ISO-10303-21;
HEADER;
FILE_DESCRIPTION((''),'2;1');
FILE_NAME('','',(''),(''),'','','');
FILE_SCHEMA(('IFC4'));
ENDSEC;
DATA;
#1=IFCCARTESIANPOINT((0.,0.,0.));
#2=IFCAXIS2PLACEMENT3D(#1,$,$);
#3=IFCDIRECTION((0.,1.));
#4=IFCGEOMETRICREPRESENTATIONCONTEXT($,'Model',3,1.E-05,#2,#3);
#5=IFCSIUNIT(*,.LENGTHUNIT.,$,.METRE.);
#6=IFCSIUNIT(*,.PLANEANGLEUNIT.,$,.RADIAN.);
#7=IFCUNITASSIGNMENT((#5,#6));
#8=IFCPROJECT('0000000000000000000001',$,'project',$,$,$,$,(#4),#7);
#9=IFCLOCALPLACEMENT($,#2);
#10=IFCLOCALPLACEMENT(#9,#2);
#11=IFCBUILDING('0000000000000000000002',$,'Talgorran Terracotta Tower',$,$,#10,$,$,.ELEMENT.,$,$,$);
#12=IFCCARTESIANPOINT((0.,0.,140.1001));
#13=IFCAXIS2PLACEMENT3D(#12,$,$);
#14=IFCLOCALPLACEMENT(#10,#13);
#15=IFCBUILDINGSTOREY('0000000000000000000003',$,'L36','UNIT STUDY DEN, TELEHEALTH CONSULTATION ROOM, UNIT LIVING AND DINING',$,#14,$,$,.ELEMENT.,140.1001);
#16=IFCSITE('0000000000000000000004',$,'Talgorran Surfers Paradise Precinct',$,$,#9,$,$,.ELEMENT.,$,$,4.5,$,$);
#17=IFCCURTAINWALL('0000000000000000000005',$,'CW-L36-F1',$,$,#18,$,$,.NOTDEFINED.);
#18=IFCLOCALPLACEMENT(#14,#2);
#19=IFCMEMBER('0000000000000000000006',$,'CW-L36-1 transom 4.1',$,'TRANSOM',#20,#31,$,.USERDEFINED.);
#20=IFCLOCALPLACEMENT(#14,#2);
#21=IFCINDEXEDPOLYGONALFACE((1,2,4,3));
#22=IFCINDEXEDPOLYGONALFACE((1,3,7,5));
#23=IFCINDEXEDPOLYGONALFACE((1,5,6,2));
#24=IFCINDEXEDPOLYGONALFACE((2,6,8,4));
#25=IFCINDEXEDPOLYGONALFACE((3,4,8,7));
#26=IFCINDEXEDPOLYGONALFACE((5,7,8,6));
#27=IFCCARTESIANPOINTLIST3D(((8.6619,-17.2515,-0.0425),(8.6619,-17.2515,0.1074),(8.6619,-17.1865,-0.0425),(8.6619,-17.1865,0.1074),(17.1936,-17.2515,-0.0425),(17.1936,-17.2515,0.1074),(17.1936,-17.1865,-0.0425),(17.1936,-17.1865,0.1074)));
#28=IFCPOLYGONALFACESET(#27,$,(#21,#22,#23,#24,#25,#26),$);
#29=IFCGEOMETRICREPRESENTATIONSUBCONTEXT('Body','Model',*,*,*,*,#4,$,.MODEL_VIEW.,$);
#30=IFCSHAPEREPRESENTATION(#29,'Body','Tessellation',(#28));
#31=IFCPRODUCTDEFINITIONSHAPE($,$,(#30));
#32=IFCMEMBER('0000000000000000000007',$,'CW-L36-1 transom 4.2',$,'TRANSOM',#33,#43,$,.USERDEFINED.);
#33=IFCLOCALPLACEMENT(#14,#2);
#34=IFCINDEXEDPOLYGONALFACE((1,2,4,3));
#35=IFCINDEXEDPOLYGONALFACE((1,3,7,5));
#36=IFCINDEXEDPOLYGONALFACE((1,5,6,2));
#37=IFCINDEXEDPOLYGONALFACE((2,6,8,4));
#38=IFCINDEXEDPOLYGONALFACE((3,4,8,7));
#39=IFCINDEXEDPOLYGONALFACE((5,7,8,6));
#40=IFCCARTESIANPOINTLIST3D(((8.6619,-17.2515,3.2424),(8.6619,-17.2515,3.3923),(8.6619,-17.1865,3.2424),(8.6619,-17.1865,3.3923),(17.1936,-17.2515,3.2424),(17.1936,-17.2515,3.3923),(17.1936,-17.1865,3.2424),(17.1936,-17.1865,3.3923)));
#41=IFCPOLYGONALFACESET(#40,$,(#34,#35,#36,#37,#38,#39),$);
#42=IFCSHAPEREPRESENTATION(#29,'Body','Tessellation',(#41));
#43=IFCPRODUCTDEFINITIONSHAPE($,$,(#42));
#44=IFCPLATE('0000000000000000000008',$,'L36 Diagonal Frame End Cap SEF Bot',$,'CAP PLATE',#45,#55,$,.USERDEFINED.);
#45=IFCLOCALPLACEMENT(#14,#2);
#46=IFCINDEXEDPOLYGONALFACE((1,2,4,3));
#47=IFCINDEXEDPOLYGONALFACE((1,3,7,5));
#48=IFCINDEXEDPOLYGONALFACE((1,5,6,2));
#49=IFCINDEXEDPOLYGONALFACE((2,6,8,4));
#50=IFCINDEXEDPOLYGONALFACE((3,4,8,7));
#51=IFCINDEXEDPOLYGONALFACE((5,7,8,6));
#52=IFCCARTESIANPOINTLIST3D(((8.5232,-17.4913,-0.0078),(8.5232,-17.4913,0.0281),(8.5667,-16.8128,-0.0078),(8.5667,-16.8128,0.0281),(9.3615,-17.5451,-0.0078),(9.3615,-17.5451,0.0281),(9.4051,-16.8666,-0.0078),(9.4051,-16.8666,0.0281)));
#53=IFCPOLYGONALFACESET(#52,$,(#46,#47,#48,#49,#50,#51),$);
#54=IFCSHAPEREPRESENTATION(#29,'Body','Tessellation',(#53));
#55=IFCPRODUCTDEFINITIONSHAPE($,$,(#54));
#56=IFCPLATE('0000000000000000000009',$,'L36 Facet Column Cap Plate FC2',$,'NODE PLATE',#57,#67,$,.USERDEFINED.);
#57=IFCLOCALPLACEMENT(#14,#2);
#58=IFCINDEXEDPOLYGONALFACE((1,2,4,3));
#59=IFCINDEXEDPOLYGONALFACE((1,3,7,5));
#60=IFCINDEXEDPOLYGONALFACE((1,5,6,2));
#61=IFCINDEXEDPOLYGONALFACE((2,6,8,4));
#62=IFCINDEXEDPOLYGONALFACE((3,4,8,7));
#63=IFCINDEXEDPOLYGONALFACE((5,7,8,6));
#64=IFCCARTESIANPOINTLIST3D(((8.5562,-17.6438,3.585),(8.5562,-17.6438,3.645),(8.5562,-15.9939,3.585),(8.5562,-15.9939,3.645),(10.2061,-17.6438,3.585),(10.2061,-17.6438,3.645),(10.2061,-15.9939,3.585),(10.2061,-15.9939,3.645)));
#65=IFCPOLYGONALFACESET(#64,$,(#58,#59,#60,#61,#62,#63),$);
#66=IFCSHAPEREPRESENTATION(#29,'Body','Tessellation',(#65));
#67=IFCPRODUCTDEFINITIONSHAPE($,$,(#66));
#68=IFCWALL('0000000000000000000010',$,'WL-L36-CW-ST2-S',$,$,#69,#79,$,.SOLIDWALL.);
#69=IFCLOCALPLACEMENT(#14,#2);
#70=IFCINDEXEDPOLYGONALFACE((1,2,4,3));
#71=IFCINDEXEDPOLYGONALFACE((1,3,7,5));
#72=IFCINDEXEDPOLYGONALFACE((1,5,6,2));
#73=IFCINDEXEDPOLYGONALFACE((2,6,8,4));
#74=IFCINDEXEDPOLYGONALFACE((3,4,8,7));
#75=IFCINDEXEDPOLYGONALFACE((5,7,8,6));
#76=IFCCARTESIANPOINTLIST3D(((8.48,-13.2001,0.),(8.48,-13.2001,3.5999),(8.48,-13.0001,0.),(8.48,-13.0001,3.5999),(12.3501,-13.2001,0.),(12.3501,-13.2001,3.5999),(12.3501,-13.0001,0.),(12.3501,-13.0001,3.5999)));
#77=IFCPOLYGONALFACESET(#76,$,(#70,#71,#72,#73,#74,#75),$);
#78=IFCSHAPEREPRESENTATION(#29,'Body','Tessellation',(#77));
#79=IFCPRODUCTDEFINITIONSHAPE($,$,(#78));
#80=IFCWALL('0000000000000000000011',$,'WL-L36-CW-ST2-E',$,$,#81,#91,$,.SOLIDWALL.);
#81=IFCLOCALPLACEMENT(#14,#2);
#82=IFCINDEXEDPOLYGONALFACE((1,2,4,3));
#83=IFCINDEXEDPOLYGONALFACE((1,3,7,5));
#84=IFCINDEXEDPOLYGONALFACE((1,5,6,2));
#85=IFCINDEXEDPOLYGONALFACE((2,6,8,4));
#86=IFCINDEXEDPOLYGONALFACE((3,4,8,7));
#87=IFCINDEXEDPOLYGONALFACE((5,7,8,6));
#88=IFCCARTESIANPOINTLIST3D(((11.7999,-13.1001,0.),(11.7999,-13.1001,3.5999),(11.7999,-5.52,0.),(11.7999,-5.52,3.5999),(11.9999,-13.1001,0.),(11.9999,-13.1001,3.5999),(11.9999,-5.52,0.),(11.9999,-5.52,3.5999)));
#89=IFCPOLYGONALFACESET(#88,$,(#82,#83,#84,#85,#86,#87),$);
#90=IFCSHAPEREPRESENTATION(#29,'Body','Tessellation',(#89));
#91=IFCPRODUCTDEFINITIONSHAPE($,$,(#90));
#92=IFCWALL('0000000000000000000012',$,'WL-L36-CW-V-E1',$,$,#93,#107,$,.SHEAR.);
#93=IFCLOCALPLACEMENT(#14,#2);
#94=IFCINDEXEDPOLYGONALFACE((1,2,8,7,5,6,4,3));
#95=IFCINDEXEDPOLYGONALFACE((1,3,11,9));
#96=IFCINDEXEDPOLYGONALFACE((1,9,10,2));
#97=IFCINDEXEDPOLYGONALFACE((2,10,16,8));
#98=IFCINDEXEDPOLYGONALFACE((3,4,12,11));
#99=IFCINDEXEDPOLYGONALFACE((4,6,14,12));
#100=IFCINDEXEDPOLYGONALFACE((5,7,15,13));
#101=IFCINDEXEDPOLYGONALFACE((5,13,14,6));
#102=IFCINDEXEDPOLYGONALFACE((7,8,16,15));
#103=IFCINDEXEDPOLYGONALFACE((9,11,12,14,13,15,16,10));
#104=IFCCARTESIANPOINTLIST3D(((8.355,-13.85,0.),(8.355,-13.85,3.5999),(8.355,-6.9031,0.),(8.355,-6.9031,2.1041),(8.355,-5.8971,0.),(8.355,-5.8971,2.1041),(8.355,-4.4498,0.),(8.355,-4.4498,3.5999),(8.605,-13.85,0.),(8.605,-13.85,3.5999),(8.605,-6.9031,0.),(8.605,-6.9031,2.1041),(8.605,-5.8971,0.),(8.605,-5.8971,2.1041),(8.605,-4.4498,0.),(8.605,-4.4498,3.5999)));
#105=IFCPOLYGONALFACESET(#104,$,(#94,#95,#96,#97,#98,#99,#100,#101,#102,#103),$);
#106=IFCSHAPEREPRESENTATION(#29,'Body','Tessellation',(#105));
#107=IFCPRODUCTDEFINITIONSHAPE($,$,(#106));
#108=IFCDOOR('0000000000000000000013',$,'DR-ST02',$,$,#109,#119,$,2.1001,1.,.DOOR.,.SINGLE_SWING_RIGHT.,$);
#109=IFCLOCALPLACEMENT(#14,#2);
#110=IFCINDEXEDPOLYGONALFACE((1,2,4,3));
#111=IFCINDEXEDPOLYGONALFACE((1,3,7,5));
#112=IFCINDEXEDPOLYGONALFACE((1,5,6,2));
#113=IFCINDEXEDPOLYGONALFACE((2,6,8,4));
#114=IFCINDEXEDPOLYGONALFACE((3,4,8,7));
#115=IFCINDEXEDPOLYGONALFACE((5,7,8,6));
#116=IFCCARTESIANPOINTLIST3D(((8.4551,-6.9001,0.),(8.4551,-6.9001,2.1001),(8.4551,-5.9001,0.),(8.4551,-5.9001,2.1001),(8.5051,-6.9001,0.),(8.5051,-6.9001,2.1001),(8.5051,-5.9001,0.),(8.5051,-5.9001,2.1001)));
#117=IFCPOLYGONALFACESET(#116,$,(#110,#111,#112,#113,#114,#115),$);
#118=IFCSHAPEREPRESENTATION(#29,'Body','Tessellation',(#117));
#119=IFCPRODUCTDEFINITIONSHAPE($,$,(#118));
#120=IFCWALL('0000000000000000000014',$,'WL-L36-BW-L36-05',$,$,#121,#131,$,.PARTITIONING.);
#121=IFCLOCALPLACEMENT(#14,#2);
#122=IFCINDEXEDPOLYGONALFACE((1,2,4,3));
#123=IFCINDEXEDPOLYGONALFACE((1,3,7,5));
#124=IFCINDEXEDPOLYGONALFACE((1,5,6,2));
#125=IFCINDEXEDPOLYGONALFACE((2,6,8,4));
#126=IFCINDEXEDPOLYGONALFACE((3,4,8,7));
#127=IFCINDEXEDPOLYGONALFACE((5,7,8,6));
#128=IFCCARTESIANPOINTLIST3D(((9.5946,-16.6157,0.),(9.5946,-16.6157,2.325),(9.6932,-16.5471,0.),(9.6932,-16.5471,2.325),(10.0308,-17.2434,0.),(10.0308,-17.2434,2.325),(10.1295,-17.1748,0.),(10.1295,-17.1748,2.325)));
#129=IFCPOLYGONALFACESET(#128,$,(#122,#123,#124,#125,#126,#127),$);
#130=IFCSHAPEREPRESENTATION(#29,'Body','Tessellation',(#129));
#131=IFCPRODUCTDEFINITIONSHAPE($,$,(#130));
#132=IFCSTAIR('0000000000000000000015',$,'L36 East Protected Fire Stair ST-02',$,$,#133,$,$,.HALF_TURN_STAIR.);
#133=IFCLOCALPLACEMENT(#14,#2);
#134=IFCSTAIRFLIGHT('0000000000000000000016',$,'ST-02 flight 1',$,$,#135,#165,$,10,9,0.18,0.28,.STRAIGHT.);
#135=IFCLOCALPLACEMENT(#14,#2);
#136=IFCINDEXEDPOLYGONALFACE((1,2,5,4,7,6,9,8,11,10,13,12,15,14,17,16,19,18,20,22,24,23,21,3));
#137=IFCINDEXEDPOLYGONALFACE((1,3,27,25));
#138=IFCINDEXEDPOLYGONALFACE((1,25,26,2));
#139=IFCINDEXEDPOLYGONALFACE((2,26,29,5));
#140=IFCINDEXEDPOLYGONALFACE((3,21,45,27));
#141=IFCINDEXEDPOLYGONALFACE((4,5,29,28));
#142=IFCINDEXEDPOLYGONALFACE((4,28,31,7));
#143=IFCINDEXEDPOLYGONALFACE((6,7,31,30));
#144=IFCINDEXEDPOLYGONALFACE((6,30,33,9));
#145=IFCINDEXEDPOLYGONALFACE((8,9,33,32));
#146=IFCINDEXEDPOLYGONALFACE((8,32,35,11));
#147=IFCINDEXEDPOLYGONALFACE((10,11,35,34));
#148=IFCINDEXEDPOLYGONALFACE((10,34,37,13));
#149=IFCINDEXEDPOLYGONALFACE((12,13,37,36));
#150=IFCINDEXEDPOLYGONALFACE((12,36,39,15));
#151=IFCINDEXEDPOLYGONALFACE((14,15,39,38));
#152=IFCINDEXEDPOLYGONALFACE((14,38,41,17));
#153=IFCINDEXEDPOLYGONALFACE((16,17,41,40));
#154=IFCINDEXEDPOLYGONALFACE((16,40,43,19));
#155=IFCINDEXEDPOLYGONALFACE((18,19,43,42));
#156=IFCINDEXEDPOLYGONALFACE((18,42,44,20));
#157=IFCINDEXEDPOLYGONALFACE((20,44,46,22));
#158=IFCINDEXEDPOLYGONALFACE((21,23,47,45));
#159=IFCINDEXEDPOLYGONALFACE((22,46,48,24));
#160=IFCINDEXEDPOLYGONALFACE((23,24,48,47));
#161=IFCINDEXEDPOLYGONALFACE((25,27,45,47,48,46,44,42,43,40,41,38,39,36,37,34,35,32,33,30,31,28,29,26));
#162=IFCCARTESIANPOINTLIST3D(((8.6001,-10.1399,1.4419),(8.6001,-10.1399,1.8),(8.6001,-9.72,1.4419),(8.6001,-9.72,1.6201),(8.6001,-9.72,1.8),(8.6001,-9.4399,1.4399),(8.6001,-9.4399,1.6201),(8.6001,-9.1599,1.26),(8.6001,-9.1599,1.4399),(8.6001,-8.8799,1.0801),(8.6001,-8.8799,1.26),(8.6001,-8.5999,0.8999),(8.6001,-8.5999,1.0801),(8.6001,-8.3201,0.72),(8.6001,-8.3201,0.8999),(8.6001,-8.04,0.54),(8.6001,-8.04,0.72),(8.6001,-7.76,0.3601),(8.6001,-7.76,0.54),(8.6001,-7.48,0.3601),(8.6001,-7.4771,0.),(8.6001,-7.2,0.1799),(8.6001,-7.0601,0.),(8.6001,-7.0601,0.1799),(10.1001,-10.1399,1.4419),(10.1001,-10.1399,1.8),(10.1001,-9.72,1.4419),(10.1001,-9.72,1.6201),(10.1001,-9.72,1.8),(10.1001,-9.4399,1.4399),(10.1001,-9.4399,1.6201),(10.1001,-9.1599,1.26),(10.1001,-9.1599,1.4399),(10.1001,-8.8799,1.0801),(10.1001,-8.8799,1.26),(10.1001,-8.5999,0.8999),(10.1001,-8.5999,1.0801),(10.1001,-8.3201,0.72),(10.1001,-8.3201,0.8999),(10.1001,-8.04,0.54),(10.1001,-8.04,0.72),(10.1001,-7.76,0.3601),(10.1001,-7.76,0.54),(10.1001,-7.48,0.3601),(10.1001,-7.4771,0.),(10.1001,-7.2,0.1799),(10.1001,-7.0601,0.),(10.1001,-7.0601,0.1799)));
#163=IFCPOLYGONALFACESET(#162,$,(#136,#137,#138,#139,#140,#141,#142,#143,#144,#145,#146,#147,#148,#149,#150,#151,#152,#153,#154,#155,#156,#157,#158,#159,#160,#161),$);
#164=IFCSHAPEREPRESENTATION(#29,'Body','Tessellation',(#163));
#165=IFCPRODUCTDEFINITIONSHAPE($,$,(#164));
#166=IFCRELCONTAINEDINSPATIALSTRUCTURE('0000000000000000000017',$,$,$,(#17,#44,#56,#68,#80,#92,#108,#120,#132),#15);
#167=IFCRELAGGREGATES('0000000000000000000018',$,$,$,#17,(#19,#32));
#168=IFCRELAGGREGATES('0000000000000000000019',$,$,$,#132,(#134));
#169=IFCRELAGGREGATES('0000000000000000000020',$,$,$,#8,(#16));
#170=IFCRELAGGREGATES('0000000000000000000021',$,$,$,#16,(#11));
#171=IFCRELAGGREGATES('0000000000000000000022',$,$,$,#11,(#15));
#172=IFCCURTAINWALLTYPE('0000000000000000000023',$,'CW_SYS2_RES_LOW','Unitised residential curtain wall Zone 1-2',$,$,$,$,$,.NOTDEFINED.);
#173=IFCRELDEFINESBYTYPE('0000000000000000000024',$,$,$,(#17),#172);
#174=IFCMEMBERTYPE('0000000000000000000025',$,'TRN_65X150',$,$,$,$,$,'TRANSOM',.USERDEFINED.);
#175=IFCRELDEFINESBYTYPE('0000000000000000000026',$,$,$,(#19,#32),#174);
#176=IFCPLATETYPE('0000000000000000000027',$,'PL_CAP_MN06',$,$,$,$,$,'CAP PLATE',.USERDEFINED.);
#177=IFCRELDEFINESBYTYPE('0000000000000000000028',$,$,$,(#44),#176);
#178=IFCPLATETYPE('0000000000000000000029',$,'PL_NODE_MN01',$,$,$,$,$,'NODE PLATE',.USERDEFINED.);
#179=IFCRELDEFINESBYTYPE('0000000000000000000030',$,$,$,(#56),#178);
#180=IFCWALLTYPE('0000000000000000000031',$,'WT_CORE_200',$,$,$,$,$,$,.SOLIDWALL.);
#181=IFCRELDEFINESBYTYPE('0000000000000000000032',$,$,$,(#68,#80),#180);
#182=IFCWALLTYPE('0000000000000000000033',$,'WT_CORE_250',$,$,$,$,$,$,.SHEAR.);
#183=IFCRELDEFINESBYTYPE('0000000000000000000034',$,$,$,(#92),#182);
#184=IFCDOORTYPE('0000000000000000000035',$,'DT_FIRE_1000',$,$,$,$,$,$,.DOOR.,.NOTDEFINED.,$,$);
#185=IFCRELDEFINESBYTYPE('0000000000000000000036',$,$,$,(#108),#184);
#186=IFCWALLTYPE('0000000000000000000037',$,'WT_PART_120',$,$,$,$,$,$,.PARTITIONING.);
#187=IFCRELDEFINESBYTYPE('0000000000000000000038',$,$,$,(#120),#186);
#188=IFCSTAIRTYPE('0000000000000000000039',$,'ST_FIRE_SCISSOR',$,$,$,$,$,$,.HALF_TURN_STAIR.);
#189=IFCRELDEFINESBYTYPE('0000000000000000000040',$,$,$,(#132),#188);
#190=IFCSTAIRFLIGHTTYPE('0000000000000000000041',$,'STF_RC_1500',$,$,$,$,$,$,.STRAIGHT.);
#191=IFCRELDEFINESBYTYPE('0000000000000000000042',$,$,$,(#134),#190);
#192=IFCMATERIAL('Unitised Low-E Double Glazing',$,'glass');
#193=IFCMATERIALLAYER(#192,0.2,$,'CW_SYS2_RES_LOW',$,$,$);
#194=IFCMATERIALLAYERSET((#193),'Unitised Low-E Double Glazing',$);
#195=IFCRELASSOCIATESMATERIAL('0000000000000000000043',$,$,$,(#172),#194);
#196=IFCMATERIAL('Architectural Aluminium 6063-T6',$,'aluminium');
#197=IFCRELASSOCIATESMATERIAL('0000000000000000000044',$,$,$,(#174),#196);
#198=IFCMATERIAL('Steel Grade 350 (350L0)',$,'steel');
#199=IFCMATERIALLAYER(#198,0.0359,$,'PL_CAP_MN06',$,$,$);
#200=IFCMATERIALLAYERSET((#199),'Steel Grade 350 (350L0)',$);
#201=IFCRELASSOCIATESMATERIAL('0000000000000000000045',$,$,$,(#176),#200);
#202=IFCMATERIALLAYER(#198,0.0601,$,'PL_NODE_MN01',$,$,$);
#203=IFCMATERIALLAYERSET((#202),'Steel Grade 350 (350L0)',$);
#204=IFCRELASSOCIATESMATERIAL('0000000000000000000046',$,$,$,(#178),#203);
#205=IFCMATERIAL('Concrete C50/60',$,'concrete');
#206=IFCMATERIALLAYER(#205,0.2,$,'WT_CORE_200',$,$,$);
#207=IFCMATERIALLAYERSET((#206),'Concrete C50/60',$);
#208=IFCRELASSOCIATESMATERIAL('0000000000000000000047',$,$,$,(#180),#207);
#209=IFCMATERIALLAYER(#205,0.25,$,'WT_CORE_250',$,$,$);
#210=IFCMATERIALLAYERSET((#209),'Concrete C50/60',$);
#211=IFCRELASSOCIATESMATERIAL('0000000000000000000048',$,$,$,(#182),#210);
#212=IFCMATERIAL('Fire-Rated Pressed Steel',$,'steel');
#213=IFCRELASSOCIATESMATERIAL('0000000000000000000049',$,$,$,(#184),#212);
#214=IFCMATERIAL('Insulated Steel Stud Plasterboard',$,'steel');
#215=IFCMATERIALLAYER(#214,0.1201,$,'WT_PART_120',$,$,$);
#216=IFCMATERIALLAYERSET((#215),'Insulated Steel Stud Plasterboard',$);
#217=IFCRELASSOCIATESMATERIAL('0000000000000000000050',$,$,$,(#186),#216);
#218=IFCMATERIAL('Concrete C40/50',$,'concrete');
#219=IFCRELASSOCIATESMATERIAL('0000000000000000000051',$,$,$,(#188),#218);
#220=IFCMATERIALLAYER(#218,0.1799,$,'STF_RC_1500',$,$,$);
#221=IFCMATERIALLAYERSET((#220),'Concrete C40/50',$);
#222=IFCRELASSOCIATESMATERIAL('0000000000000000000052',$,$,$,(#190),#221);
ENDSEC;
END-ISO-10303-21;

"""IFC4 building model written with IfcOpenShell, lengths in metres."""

from ifc_helpers import new_model, si_unit, direction, frame, frame_2d, origin, origin_2d, place, context, subcontext, project, spatial, polyline, rectangle, outline, extrude, material, layer, layer_set, material_profile, profile_set, type_object, element, fill, aggregate, save


model = new_model("IFC4")

# Units and contexts
model_context = context("Model", 3, precision=1e-05, world=origin(), true_north=direction((0.0, 1.0)))
body_context = subcontext(model_context, "Body", "Model", "MODEL_VIEW")
ifc_project = project(units=[si_unit("LENGTHUNIT", "METRE"), si_unit("PLANEANGLEUNIT", "RADIAN")], contexts=[model_context])

# Site, building, storey
site_placement = place(None, origin())
site = spatial("IfcSite", under=ifc_project, at=site_placement, Name="Talgorran Surfers Paradise Precinct", CompositionType="ELEMENT", RefElevation=4.5)
building_placement = place(site_placement, origin())
building = spatial("IfcBuilding", under=site, at=building_placement, Name="Talgorran Terracotta Tower", CompositionType="ELEMENT")
storey_placement = place(building_placement, frame((0.0, 0.0, 140.1001)))
storey = spatial("IfcBuildingStorey", under=building, at=storey_placement, Name="L36", Description="UNIT STUDY DEN, TELEHEALTH CONSULTATION ROOM, UNIT LIVING AND DINING", CompositionType="ELEMENT", Elevation=140.1001)

# Shared definitions
ifc_material_1 = material(Name="Steel Grade 350 (350L0)", Category="steel")

# Curtain wall, members
ifc_material_2 = material(Name="Unitised Low-E Double Glazing", Category="glass")
ifc_layer_1 = layer(ifc_material_2, 0.2, Name="CW_SYS2_RES_LOW")
ifc_layer_set_1 = layer_set([ifc_layer_1], Name="Unitised Low-E Double Glazing")
curtain_wall_type = type_object("IfcCurtainWallType", Name="CW_SYS2_RES_LOW", Description="Unitised residential curtain wall Zone 1-2", PredefinedType="NOTDEFINED", material=ifc_layer_set_1)
curtain_wall_placement = place(storey_placement, origin())
curtain_wall = element("IfcCurtainWall", 1, at=curtain_wall_placement, inside=storey, type_object=curtain_wall_type, Name="CW-L36-F1", PredefinedType="NOTDEFINED")
ifc_material_3 = material(Name="Architectural Aluminium 6063-T6", Category="aluminium")
ifc_material_profile_1 = material_profile(ifc_material_3, rectangle(XDim=0.0649, YDim=0.1499, at=origin_2d()), Name="CWT65X150")
ifc_profile_set_1 = profile_set([ifc_material_profile_1], Name="Architectural Aluminium 6063-T6")
member_type_1 = type_object("IfcMemberType", Name="TRN_65X150", ElementType="TRANSOM", PredefinedType="USERDEFINED", material=ifc_profile_set_1)
member_1_placement = place(storey_placement, frame((8.6619, -17.219, 0.0325), z_axis=(1.0, 0.0, 0.0), x_axis=(0.0, 1.0, 0.0)))
member_1 = element("IfcMember", 2, at=member_1_placement, type_object=member_type_1, Name="CW-L36-1 transom 4.1", ObjectType="TRANSOM", PredefinedType="USERDEFINED", context=body_context, shape_type="SweptSolid", body=[
    extrude(rectangle(XDim=0.0649, YDim=0.1499, at=origin_2d()), origin(), (0.0, 0.0, 1.0), 8.5317),
])
member_2_placement = place(storey_placement, frame((8.6619, -17.219, 3.3174), z_axis=(1.0, 0.0, 0.0), x_axis=(0.0, 1.0, 0.0)))
member_2 = element("IfcMember", 3, at=member_2_placement, type_object=member_type_1, Name="CW-L36-1 transom 4.2", ObjectType="TRANSOM", PredefinedType="USERDEFINED", context=body_context, shape_type="SweptSolid", body=[
    extrude(rectangle(XDim=0.0649, YDim=0.1499, at=origin_2d()), origin(), (0.0, 0.0, 1.0), 8.5317),
])
aggregate(curtain_wall, [member_1, member_2])

# Plates
ifc_layer_2 = layer(ifc_material_1, 0.0359, Name="PL_CAP_MN06")
ifc_layer_set_2 = layer_set([ifc_layer_2], Name="Steel Grade 350 (350L0)")
plate_type_1 = type_object("IfcPlateType", Name="PL_CAP_MN06", ElementType="CAP PLATE", PredefinedType="USERDEFINED", material=ifc_layer_set_2)
plate_1_placement = place(storey_placement, frame((8.9641, -17.179, -0.0078), z_axis=(0.0, 0.0, 1.0), x_axis=(-0.997949, 0.06401, 0.0)))
element("IfcPlate", 4, at=plate_1_placement, inside=storey, type_object=plate_type_1, Name="L36 Diagonal Frame End Cap SEF Bot", ObjectType="CAP PLATE", PredefinedType="USERDEFINED", context=body_context, shape_type="SweptSolid", body=[
    extrude(rectangle(XDim=0.8401, YDim=0.6799, at=origin_2d()), origin(), (0.0, 0.0, 1.0), 0.0359),
])
ifc_layer_3 = layer(ifc_material_1, 0.0601, Name="PL_NODE_MN01")
ifc_layer_set_3 = layer_set([ifc_layer_3], Name="Steel Grade 350 (350L0)")
plate_type_2 = type_object("IfcPlateType", Name="PL_NODE_MN01", ElementType="NODE PLATE", PredefinedType="USERDEFINED", material=ifc_layer_set_3)
plate_2_placement = place(storey_placement, frame((9.3811, -16.8188, 3.585), z_axis=(0.0, 0.0, 1.0), x_axis=(1.0, 0.0, 0.0)))
element("IfcPlate", 5, at=plate_2_placement, inside=storey, type_object=plate_type_2, Name="L36 Facet Column Cap Plate FC2", ObjectType="NODE PLATE", PredefinedType="USERDEFINED", context=body_context, shape_type="SweptSolid", body=[
    extrude(rectangle(XDim=1.6499, YDim=1.6499, at=origin_2d()), origin(), (0.0, 0.0, 1.0), 0.0601),
])

# Walls
ifc_material_4 = material(Name="Concrete C50/60", Category="concrete")
ifc_layer_4 = layer(ifc_material_4, 0.2, Name="WT_CORE_200")
ifc_layer_set_4 = layer_set([ifc_layer_4], Name="Concrete C50/60")
wall_type_1 = type_object("IfcWallType", Name="WT_CORE_200", PredefinedType="SOLIDWALL", material=ifc_layer_set_4)
wall_1_placement = place(storey_placement, frame((8.48, -13.1001, 0.0), z_axis=(0.0, 0.0, 1.0), x_axis=(1.0, 0.0, 0.0)))
element("IfcWall", 6, at=wall_1_placement, inside=storey, type_object=wall_type_1, Name="WL-L36-CW-ST2-S", PredefinedType="SOLIDWALL", context=body_context, shape_type="SweptSolid", body=[
    extrude(rectangle(XDim=3.8701, YDim=0.2, at=frame_2d((1.9351, 0.0))), origin(), (0.0, 0.0, 1.0), 3.5999),
])
wall_2_placement = place(storey_placement, frame((11.8999, -13.1001, 0.0), z_axis=(0.0, 0.0, 1.0), x_axis=(0.0, 1.0, 0.0)))
element("IfcWall", 7, at=wall_2_placement, inside=storey, type_object=wall_type_1, Name="WL-L36-CW-ST2-E", PredefinedType="SOLIDWALL", context=body_context, shape_type="SweptSolid", body=[
    extrude(rectangle(XDim=7.5801, YDim=0.2, at=frame_2d((3.79, 0.0))), origin(), (0.0, 0.0, 1.0), 3.5999),
])

# Wall, opening, door
ifc_layer_5 = layer(ifc_material_4, 0.25, Name="WT_CORE_250")
ifc_layer_set_5 = layer_set([ifc_layer_5], Name="Concrete C50/60")
wall_type_2 = type_object("IfcWallType", Name="WT_CORE_250", PredefinedType="SHEAR", material=ifc_layer_set_5)
wall_3_placement = place(storey_placement, frame((8.48, -13.8501, 0.0), z_axis=(0.0, 0.0, 1.0), x_axis=(0.0, 1.0, 0.0)))
wall_3 = element("IfcWall", 8, at=wall_3_placement, inside=storey, type_object=wall_type_2, Name="WL-L36-CW-V-E1", PredefinedType="SHEAR", context=body_context, shape_type="SweptSolid", body=[
    extrude(rectangle(XDim=9.4001, YDim=0.25, at=frame_2d((4.7002, 0.0))), origin(), (0.0, 0.0, 1.0), 3.5999),
])
opening_placement = place(wall_3_placement, frame((6.95, 0.0, 0.0)))
opening = element("IfcOpeningElement", 9, at=opening_placement, cuts=wall_3, PredefinedType="OPENING", context=body_context, shape_type="SweptSolid", body=[
    extrude(rectangle(XDim=1.006, YDim=2.1041, at=frame_2d((0.5, 1.052))), frame((0.0, 0.135, 0.0), z_axis=(0.0, -1.0, 0.0), x_axis=(1.0, 0.0, 0.0)), (0.0, 0.0, 1.0), 0.27),
])
ifc_material_5 = material(Name="Fire-Rated Pressed Steel", Category="steel")
door_type = type_object("IfcDoorType", Name="DT_FIRE_1000", OperationType="NOTDEFINED", PredefinedType="DOOR", material=ifc_material_5)
door_placement = place(opening_placement, origin())
door = element("IfcDoor", 10, at=door_placement, inside=storey, type_object=door_type, Name="DR-ST02", OperationType="SINGLE_SWING_RIGHT", OverallHeight=2.1001, OverallWidth=1.0, PredefinedType="DOOR", context=body_context, shape_type="SweptSolid", body=[
    extrude(rectangle(XDim=1.0, YDim=2.1001, at=frame_2d((0.5, 1.05))), frame((0.0, 0.0249, 0.0), z_axis=(0.0, -1.0, 0.0), x_axis=(1.0, 0.0, 0.0)), (0.0, 0.0, 1.0), 0.05),
])
fill(opening, door)

# Wall
ifc_material_6 = material(Name="Insulated Steel Stud Plasterboard", Category="steel")
ifc_layer_6 = layer(ifc_material_6, 0.1201, Name="WT_PART_120")
ifc_layer_set_6 = layer_set([ifc_layer_6], Name="Insulated Steel Stud Plasterboard")
wall_type_3 = type_object("IfcWallType", Name="WT_PART_120", PredefinedType="PARTITIONING", material=ifc_layer_set_6)
wall_4_placement = place(storey_placement, frame((9.6438, -16.5813, 0.0), z_axis=(0.0, 0.0, 1.0), x_axis=(0.570737, -0.821133, 0.0)))
element("IfcWall", 11, at=wall_4_placement, inside=storey, type_object=wall_type_3, Name="WL-L36-BW-L36-05", PredefinedType="PARTITIONING", context=body_context, shape_type="SweptSolid", body=[
    extrude(rectangle(XDim=0.7644, YDim=0.1201, at=frame_2d((0.3823, 0.0))), origin(), (0.0, 0.0, 1.0), 2.325),
])

# Stair, stair flight
ifc_material_7 = material(Name="Concrete C40/50", Category="concrete")
stair_type = type_object("IfcStairType", Name="ST_FIRE_SCISSOR", PredefinedType="HALF_TURN_STAIR", material=ifc_material_7)
stair_placement = place(storey_placement, origin())
stair = element("IfcStair", 12, at=stair_placement, inside=storey, type_object=stair_type, Name="L36 East Protected Fire Stair ST-02", PredefinedType="HALF_TURN_STAIR")
ifc_layer_7 = layer(ifc_material_7, 0.1799, Name="STF_RC_1500")
ifc_layer_set_7 = layer_set([ifc_layer_7], Name="Concrete C40/50")
stair_flight_type = type_object("IfcStairFlightType", Name="STF_RC_1500", PredefinedType="STRAIGHT", material=ifc_layer_set_7)
stair_flight_1_placement = place(storey_placement, frame((9.3501, -7.2, 0.0), z_axis=(0.0, 0.0, 1.0), x_axis=(0.0, -1.0, 0.0)))
stair_flight_1 = element("IfcStairFlight", 13, at=stair_flight_1_placement, type_object=stair_flight_type, Name="ST-02 flight 1", NumberOfRisers=10, NumberOfTreads=9, PredefinedType="STRAIGHT", RiserHeight=0.18, TreadLength=0.28, context=body_context, shape_type="SweptSolid", body=[
    extrude(outline(polyline([(-0.1399, 0.0), (-0.1399, 0.1799), (0.0, 0.1799), (0.28, 0.3601), (0.5601, 0.3601), (0.5601, 0.54), (0.8401, 0.54), (0.8401, 0.72), (1.1201, 0.72), (1.1201, 0.8999), (1.3999, 0.8999), (1.3999, 1.0801), (1.6799, 1.0801), (1.6799, 1.26), (1.96, 1.26), (1.96, 1.4399), (2.24, 1.4399), (2.24, 1.6201), (2.52, 1.6201), (2.52, 1.8), (2.9399, 1.8), (2.9399, 1.4419), (2.52, 1.4419), (0.2771, 0.0), (-0.1399, 0.0)])), frame((0.0, 0.75, 0.0), z_axis=(0.0, -1.0, 0.0), x_axis=(1.0, 0.0, 0.0)), (0.0, 0.0, 1.0), 1.5),
])
aggregate(stair, [stair_flight_1])

save(model, "model.ifc")
